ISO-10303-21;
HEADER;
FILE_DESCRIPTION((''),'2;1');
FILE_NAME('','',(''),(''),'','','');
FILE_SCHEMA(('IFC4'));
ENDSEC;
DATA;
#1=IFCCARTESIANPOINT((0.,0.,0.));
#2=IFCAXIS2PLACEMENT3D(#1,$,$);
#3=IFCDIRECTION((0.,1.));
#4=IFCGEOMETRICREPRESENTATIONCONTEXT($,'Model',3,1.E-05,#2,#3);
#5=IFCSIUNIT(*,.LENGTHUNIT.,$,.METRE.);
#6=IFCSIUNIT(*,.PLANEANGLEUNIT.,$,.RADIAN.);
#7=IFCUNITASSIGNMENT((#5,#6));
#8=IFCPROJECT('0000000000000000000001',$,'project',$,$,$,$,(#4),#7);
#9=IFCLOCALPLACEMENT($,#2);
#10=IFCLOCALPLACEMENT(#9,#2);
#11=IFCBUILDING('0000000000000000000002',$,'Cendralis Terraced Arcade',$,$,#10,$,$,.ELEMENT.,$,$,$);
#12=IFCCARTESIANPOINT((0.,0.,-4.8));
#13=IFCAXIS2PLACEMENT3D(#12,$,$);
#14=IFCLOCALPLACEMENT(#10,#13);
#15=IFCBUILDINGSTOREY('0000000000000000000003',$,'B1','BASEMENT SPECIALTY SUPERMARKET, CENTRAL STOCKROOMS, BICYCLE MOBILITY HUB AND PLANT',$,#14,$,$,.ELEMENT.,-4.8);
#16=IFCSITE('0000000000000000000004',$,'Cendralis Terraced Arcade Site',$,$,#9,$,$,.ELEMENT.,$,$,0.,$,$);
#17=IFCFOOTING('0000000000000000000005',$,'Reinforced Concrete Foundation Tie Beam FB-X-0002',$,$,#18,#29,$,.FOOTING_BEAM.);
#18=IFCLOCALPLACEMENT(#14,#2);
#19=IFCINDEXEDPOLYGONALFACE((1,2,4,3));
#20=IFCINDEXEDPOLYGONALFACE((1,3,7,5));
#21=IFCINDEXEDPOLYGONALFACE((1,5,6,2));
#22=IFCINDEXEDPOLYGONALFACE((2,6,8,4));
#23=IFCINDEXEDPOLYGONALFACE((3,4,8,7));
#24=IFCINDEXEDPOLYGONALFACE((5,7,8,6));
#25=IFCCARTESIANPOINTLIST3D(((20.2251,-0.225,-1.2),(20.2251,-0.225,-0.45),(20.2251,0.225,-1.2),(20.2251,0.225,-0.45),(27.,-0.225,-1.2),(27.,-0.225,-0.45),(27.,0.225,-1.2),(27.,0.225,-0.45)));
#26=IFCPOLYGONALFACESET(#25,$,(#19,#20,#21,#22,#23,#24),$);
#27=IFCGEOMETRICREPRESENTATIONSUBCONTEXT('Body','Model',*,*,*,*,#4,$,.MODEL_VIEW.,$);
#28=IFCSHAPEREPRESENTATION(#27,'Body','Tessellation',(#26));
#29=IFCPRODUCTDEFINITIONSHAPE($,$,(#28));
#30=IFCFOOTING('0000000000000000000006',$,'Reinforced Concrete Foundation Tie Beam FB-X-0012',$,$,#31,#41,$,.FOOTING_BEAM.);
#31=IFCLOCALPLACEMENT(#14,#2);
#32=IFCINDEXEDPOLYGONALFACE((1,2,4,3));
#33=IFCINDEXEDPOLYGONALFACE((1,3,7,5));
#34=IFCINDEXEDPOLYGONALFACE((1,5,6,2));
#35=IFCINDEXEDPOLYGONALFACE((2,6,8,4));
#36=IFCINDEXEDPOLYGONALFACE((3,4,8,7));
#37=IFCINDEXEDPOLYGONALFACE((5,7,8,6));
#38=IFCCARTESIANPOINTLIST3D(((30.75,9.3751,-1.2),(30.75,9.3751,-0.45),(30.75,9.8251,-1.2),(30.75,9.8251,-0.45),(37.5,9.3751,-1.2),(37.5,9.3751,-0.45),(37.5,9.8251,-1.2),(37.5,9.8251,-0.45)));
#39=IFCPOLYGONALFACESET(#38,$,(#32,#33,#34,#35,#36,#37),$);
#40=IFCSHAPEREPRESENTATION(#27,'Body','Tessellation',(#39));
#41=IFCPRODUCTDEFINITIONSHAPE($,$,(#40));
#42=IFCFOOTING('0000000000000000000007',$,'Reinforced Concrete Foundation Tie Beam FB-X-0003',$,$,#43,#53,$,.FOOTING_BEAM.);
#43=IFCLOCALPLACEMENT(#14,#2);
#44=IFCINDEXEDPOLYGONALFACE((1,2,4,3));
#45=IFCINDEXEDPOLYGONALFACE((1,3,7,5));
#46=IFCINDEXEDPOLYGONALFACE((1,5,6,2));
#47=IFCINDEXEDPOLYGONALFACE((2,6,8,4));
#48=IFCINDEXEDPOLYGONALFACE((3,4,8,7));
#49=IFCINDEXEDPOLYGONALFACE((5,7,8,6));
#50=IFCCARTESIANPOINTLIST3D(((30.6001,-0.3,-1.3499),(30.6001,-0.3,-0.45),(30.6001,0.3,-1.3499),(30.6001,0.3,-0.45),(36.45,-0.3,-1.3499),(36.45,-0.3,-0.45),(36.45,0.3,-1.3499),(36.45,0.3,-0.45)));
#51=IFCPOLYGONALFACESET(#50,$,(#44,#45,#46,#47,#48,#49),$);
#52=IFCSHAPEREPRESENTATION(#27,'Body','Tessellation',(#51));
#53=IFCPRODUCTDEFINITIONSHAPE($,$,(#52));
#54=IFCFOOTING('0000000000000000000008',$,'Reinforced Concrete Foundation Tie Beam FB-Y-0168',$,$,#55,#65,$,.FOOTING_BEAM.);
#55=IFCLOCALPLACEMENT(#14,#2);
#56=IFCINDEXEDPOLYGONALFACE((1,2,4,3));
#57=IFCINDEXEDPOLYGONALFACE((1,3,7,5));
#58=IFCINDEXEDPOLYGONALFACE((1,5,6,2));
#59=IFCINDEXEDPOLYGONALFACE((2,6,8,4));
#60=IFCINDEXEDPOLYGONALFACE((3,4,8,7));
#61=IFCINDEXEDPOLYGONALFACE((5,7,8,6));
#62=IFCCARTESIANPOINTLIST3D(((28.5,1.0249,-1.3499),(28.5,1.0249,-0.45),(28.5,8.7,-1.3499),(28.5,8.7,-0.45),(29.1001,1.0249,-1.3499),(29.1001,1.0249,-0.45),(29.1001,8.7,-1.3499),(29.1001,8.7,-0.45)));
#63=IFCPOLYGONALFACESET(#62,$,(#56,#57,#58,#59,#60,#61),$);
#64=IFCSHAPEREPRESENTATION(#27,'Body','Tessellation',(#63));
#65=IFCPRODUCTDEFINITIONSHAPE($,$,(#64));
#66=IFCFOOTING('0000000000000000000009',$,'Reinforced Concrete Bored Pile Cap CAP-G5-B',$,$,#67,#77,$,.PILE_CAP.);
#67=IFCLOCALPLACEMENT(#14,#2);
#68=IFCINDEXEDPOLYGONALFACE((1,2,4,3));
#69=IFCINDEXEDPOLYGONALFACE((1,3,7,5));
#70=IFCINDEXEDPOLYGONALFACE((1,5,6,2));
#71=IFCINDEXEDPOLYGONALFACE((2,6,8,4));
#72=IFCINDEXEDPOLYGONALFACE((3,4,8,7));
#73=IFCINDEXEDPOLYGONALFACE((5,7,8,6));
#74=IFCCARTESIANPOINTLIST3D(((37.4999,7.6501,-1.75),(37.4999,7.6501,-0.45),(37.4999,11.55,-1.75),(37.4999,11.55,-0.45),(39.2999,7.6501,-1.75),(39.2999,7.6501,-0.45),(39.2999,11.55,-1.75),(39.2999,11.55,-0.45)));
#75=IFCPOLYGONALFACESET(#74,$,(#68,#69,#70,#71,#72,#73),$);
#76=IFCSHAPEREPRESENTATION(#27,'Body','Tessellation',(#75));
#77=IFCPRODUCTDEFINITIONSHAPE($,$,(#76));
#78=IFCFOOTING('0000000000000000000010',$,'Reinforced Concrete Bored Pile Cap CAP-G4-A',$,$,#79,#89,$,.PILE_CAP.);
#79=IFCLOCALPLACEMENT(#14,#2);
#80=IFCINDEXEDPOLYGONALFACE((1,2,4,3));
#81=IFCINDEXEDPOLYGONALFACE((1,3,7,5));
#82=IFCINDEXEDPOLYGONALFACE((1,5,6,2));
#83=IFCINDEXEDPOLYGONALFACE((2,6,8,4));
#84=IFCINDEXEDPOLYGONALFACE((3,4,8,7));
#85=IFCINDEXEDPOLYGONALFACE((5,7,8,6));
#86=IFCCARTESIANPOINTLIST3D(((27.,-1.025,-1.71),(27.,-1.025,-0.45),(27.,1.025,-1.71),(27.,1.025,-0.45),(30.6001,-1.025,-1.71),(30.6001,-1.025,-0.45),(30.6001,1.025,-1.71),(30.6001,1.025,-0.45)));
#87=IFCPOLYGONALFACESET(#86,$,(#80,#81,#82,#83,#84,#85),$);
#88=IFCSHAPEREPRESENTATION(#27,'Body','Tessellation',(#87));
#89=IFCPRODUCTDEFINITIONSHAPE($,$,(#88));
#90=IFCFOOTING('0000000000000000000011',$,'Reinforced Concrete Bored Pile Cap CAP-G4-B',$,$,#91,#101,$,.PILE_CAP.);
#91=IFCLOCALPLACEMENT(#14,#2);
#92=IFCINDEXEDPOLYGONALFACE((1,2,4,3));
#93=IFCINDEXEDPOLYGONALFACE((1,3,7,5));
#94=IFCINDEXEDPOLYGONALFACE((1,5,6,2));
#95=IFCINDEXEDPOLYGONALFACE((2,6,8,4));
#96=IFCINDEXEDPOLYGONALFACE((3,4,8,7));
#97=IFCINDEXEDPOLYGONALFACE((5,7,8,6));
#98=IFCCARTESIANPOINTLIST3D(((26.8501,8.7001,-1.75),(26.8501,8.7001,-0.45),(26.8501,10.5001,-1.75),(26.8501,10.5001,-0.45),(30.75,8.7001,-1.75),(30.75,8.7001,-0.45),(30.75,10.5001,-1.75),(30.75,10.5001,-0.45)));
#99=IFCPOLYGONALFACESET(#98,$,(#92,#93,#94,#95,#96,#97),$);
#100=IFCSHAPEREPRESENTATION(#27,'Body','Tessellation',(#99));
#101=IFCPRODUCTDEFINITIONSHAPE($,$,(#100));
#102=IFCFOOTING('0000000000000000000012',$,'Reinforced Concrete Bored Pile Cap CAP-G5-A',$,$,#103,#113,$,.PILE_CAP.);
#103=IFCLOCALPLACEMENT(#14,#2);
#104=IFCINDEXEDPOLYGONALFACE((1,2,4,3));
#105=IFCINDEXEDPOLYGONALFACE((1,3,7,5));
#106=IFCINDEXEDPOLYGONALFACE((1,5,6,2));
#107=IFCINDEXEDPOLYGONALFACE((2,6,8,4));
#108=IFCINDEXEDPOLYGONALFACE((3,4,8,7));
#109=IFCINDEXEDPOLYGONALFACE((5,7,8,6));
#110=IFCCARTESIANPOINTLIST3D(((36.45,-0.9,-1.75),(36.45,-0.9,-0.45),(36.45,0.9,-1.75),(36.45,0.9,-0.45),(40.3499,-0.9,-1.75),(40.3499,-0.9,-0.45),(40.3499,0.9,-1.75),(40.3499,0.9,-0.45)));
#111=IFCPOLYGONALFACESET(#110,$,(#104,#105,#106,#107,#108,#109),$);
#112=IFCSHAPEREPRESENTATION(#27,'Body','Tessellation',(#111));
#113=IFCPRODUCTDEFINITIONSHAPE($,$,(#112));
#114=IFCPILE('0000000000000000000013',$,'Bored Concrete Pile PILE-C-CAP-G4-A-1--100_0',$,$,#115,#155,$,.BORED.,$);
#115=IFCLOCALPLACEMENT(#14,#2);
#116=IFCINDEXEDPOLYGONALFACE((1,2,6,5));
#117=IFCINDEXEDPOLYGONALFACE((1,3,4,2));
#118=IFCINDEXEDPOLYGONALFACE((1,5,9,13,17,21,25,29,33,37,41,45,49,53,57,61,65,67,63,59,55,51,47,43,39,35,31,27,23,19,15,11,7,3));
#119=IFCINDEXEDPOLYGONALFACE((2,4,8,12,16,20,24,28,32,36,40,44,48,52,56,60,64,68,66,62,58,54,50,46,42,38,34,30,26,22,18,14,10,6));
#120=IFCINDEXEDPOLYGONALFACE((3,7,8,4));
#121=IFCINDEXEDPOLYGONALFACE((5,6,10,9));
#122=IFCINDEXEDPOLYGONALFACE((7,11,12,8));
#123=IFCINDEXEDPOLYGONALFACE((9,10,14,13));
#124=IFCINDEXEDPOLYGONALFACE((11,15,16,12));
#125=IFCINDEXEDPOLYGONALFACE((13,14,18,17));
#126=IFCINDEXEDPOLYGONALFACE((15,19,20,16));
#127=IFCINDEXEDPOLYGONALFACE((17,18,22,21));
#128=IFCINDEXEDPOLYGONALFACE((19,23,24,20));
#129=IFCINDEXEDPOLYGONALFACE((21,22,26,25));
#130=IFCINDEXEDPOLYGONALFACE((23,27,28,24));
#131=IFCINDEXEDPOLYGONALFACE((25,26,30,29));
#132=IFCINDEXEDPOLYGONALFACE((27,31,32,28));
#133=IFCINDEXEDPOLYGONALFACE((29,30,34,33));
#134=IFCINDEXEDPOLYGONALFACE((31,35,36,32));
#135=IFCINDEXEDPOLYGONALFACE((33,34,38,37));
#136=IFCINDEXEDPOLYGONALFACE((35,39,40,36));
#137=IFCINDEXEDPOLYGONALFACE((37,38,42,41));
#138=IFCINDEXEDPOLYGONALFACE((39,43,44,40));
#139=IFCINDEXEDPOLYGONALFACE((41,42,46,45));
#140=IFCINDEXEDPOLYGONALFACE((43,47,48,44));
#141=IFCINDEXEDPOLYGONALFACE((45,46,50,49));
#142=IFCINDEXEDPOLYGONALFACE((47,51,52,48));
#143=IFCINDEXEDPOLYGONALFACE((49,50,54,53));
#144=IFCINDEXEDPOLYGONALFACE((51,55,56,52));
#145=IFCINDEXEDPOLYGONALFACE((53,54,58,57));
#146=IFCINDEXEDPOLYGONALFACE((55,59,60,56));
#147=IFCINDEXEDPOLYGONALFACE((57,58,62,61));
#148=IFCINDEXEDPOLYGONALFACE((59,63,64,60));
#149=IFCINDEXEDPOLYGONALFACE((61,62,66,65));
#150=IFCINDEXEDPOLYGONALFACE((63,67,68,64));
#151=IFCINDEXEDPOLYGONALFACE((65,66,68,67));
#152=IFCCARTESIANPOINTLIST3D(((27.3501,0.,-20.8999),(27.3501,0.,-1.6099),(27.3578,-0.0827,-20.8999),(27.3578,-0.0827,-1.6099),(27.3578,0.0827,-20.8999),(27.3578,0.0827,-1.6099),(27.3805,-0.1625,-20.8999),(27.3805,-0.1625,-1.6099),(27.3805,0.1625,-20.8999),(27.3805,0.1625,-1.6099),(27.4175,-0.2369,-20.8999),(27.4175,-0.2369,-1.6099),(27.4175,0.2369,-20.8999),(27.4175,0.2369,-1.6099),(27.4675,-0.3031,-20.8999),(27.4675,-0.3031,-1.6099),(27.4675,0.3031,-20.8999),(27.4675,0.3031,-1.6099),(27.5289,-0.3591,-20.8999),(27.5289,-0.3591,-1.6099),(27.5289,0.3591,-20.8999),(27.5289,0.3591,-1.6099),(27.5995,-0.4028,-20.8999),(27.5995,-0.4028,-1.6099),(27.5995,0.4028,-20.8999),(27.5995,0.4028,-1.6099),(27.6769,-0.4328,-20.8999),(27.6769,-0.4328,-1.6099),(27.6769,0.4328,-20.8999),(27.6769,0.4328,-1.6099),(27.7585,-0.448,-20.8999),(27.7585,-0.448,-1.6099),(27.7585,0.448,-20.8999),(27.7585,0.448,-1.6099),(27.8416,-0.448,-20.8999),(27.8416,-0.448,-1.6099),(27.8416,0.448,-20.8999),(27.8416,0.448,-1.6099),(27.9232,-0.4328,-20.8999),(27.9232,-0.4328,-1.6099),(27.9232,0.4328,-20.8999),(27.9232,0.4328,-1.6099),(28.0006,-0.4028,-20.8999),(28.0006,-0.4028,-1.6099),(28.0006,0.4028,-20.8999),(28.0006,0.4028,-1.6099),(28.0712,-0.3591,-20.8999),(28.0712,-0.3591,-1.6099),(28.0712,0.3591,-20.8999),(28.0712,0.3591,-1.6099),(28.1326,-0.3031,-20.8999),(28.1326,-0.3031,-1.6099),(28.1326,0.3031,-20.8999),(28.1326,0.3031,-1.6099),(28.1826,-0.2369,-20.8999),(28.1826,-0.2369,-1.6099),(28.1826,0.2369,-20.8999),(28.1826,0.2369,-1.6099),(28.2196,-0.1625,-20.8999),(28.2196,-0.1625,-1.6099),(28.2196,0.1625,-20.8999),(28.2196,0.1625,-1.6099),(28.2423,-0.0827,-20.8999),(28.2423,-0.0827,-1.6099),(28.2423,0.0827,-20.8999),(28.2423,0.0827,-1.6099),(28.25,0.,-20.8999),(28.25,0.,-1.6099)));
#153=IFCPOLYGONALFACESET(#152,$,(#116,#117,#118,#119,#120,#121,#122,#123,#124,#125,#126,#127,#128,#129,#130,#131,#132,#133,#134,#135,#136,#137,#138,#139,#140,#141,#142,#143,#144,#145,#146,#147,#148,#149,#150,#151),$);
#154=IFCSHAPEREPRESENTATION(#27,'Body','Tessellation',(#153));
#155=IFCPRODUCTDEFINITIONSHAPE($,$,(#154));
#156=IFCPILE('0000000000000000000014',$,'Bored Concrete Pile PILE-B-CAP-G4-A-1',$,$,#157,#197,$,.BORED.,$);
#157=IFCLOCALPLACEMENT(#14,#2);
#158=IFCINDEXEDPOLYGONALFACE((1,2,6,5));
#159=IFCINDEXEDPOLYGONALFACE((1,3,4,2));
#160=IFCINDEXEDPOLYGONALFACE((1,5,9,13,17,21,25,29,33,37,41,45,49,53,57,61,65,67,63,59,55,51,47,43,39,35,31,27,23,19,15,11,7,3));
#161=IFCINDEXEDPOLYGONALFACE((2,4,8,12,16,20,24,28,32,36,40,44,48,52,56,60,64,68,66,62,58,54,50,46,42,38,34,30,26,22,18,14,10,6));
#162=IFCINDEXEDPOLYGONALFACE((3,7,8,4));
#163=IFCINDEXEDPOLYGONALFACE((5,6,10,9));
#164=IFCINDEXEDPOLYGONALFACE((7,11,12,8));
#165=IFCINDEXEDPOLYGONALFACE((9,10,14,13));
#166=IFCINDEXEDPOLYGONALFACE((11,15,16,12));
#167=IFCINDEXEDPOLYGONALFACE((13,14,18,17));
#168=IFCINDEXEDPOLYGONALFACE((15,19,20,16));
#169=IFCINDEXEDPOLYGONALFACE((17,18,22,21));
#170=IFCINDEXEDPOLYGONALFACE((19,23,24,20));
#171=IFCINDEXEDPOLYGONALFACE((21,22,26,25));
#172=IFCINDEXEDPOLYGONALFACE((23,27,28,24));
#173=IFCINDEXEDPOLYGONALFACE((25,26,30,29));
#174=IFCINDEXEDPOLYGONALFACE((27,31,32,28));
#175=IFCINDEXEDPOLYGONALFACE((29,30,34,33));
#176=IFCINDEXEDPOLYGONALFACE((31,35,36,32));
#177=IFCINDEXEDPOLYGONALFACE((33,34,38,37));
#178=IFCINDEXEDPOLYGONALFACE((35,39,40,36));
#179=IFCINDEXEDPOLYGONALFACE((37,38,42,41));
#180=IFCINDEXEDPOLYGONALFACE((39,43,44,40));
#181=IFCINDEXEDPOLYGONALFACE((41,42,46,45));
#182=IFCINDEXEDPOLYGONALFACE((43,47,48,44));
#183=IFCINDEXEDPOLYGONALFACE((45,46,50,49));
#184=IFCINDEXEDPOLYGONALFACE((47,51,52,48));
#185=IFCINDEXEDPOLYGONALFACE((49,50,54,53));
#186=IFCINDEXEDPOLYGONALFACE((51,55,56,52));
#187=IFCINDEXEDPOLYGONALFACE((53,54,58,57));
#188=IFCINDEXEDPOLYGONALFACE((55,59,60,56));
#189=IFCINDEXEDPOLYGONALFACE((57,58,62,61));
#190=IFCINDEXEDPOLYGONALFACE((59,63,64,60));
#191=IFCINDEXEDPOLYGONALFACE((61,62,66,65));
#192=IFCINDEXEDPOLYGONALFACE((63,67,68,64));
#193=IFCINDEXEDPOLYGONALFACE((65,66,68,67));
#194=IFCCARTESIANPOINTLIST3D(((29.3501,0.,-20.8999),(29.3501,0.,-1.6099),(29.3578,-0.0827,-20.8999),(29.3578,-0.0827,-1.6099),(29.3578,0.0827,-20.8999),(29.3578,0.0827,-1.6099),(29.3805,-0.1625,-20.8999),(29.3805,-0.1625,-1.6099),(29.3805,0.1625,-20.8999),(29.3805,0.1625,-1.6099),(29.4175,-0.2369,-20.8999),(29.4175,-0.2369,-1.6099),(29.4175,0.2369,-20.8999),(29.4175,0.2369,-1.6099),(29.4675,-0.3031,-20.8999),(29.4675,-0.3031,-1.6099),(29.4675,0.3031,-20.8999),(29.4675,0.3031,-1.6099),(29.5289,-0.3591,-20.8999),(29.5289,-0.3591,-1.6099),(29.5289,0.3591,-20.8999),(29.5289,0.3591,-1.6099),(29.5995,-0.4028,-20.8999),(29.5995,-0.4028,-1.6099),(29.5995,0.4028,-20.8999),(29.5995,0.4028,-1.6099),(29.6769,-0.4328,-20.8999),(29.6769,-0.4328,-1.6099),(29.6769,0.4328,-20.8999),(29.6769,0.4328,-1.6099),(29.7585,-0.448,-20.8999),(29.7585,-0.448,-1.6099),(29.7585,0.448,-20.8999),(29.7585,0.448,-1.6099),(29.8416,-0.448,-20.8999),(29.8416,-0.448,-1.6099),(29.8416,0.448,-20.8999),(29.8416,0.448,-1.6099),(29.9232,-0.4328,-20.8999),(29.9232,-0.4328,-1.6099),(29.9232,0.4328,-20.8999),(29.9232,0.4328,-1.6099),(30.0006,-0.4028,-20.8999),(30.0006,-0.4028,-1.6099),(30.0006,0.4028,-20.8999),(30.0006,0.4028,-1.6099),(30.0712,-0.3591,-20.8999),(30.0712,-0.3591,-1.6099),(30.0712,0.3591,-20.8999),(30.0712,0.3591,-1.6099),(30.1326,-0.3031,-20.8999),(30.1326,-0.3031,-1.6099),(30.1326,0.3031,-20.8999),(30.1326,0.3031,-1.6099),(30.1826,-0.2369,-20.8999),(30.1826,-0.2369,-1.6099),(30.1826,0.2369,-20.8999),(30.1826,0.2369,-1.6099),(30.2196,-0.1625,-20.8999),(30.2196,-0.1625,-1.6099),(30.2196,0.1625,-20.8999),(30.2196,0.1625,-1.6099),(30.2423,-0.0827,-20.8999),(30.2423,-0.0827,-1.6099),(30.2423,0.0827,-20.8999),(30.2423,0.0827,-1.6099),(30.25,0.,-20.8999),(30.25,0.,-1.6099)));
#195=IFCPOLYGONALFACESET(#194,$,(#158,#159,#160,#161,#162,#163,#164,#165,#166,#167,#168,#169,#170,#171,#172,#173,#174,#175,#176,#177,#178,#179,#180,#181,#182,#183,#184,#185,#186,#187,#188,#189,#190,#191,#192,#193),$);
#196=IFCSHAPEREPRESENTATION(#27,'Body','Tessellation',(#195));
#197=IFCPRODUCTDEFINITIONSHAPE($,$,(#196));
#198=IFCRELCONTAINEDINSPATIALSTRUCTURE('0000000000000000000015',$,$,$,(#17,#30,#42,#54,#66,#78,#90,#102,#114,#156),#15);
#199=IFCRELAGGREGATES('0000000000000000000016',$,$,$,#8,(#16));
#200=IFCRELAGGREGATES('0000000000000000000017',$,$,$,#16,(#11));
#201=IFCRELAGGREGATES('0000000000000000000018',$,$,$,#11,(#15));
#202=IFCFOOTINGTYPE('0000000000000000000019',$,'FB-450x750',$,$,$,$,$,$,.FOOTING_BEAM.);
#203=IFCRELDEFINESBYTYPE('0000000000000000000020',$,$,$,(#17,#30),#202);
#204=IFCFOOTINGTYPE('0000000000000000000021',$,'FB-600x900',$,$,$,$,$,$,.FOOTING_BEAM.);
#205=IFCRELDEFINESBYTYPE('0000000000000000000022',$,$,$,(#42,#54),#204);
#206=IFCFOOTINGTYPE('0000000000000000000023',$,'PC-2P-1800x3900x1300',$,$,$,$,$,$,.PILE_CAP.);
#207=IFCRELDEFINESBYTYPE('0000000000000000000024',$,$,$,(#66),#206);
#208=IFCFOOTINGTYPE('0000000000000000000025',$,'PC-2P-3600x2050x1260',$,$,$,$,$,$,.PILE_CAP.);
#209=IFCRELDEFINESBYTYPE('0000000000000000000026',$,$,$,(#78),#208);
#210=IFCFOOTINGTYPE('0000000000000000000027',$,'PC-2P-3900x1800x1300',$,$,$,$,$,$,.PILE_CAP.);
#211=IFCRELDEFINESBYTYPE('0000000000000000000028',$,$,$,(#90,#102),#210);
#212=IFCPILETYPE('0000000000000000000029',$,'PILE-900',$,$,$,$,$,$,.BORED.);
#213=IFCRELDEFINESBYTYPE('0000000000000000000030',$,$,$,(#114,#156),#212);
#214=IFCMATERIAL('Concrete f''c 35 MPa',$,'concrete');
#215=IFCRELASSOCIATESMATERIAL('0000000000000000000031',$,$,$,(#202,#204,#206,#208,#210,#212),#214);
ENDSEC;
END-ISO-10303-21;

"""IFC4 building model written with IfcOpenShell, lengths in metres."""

from ifc_helpers import new_model, si_unit, direction, frame, origin, origin_2d, place, context, subcontext, project, spatial, rectangle, circle, extrude, material, material_profile, profile_set, type_object, element, save


model = new_model("IFC4")

# Units and contexts
model_context = context("Model", 3, precision=1e-05, world=origin(), true_north=direction((0.0, 1.0)))
body_context = subcontext(model_context, "Body", "Model", "MODEL_VIEW")
ifc_project = project(units=[si_unit("LENGTHUNIT", "METRE"), si_unit("PLANEANGLEUNIT", "RADIAN")], contexts=[model_context])

# Site, building, storey
site_placement = place(None, origin())
site = spatial("IfcSite", under=ifc_project, at=site_placement, Name="Cendralis Terraced Arcade Site", CompositionType="ELEMENT", RefElevation=0.0)
building_placement = place(site_placement, origin())
building = spatial("IfcBuilding", under=site, at=building_placement, Name="Cendralis Terraced Arcade", CompositionType="ELEMENT")
storey_placement = place(building_placement, frame((0.0, 0.0, -4.8)))
storey = spatial("IfcBuildingStorey", under=building, at=storey_placement, Name="B1", Description="BASEMENT SPECIALTY SUPERMARKET, CENTRAL STOCKROOMS, BICYCLE MOBILITY HUB AND PLANT", CompositionType="ELEMENT", Elevation=-4.8)

# Footings
ifc_material_1 = material(Name="Concrete f'c 35 MPa", Category="concrete")
ifc_material_profile_1 = material_profile(ifc_material_1, rectangle(XDim=0.45, YDim=0.75, at=origin_2d()), Name="FB-450x750", Category="LoadBearing")
ifc_profile_set_1 = profile_set([ifc_material_profile_1], Name="Concrete f'c 35 MPa")
footing_type_1 = type_object("IfcFootingType", Name="FB-450x750", PredefinedType="FOOTING_BEAM", material=ifc_profile_set_1)
footing_1_placement = place(storey_placement, frame((20.2251, 0.0, -0.825), z_axis=(1.0, 0.0, 0.0), x_axis=(0.0, 1.0, 0.0)))
element("IfcFooting", 1, at=footing_1_placement, inside=storey, type_object=footing_type_1, Name="Reinforced Concrete Foundation Tie Beam FB-X-0002", PredefinedType="FOOTING_BEAM", context=body_context, shape_type="SweptSolid", body=[
    extrude(rectangle(XDim=0.45, YDim=0.75, at=origin_2d()), origin(), (0.0, 0.0, 1.0), 6.7749),
])
footing_2_placement = place(storey_placement, frame((30.75, 9.6001, -0.825), z_axis=(1.0, 0.0, 0.0), x_axis=(0.0, 1.0, 0.0)))
element("IfcFooting", 2, at=footing_2_placement, inside=storey, type_object=footing_type_1, Name="Reinforced Concrete Foundation Tie Beam FB-X-0012", PredefinedType="FOOTING_BEAM", context=body_context, shape_type="SweptSolid", body=[
    extrude(rectangle(XDim=0.45, YDim=0.75, at=origin_2d()), origin(), (0.0, 0.0, 1.0), 6.75),
])
ifc_material_profile_2 = material_profile(ifc_material_1, rectangle(XDim=0.6001, YDim=0.8999, at=origin_2d()), Name="FB-600x900", Category="LoadBearing")
ifc_profile_set_2 = profile_set([ifc_material_profile_2], Name="Concrete f'c 35 MPa")
footing_type_2 = type_object("IfcFootingType", Name="FB-600x900", PredefinedType="FOOTING_BEAM", material=ifc_profile_set_2)
footing_3_placement = place(storey_placement, frame((30.6001, 0.0, -0.8999), z_axis=(1.0, 0.0, 0.0), x_axis=(0.0, 1.0, 0.0)))
element("IfcFooting", 3, at=footing_3_placement, inside=storey, type_object=footing_type_2, Name="Reinforced Concrete Foundation Tie Beam FB-X-0003", PredefinedType="FOOTING_BEAM", context=body_context, shape_type="SweptSolid", body=[
    extrude(rectangle(XDim=0.6001, YDim=0.8999, at=origin_2d()), origin(), (0.0, 0.0, 1.0), 5.8499),
])
footing_4_placement = place(storey_placement, frame((28.8, 1.0249, -0.8999), z_axis=(0.0, 1.0, 0.0), x_axis=(-1.0, 0.0, 0.0)))
element("IfcFooting", 4, at=footing_4_placement, inside=storey, type_object=footing_type_2, Name="Reinforced Concrete Foundation Tie Beam FB-Y-0168", PredefinedType="FOOTING_BEAM", context=body_context, shape_type="SweptSolid", body=[
    extrude(rectangle(XDim=0.6001, YDim=0.8999, at=origin_2d()), origin(), (0.0, 0.0, 1.0), 7.675),
])
footing_type_3 = type_object("IfcFootingType", Name="PC-2P-1800x3900x1300", PredefinedType="PILE_CAP", material=ifc_material_1)
footing_5_placement = place(storey_placement, frame((38.3999, 9.6001, -1.75), z_axis=(0.0, 0.0, 1.0), x_axis=(1.0, 0.0, 0.0)))
element("IfcFooting", 5, at=footing_5_placement, inside=storey, type_object=footing_type_3, Name="Reinforced Concrete Bored Pile Cap CAP-G5-B", PredefinedType="PILE_CAP", context=body_context, shape_type="SweptSolid", body=[
    extrude(rectangle(XDim=1.8, YDim=3.8999, at=origin_2d()), origin(), (0.0, 0.0, 1.0), 1.3),
])
footing_type_4 = type_object("IfcFootingType", Name="PC-2P-3600x2050x1260", PredefinedType="PILE_CAP", material=ifc_material_1)
footing_6_placement = place(storey_placement, frame((28.8, 0.0, -1.71), z_axis=(0.0, 0.0, 1.0), x_axis=(1.0, 0.0, 0.0)))
element("IfcFooting", 6, at=footing_6_placement, inside=storey, type_object=footing_type_4, Name="Reinforced Concrete Bored Pile Cap CAP-G4-A", PredefinedType="PILE_CAP", context=body_context, shape_type="SweptSolid", body=[
    extrude(rectangle(XDim=3.6001, YDim=2.05, at=origin_2d()), origin(), (0.0, 0.0, 1.0), 1.26),
])
footing_type_5 = type_object("IfcFootingType", Name="PC-2P-3900x1800x1300", PredefinedType="PILE_CAP", material=ifc_material_1)
for number, where, z_axis, x_axis, name in (
    (7, (28.8, 9.6001, -1.75), (0.0, 0.0, 1.0), (1.0, 0.0, 0.0), "Reinforced Concrete Bored Pile Cap CAP-G4-B"),
    (8, (38.3999, 0.0, -1.75), (0.0, 0.0, 1.0), (1.0, 0.0, 0.0), "Reinforced Concrete Bored Pile Cap CAP-G5-A"),
):
    element("IfcFooting", number, at=place(storey_placement, frame(where, z_axis=z_axis, x_axis=x_axis)), inside=storey, type_object=footing_type_5, Name=name, PredefinedType="PILE_CAP", context=body_context, shape_type="SweptSolid", body=[
        extrude(rectangle(XDim=3.8999, YDim=1.8, at=origin_2d()), origin(), (0.0, 0.0, 1.0), 1.3),
    ])

# Piles
ifc_material_profile_3 = material_profile(ifc_material_1, circle(Radius=0.45, at=origin_2d()), Name="PILE-D900", Category="LoadBearing")
ifc_profile_set_3 = profile_set([ifc_material_profile_3], Name="Concrete f'c 35 MPa")
pile_type = type_object("IfcPileType", Name="PILE-900", PredefinedType="BORED", material=ifc_profile_set_3)
for number, where, z_axis, x_axis, name in (
    (9, (27.8, 0.0, -1.6099), (0.0, 0.0, -1.0), (1.0, 0.0, 0.0), "Bored Concrete Pile PILE-C-CAP-G4-A-1--100_0"),
    (10, (29.8, 0.0, -1.6099), (0.0, 0.0, -1.0), (1.0, 0.0, 0.0), "Bored Concrete Pile PILE-B-CAP-G4-A-1"),
):
    element("IfcPile", number, at=place(storey_placement, frame(where, z_axis=z_axis, x_axis=x_axis)), inside=storey, type_object=pile_type, Name=name, PredefinedType="BORED", context=body_context, shape_type="SweptSolid", body=[
        extrude(circle(Radius=0.45, at=origin_2d()), origin(), (0.0, 0.0, 1.0), 19.29),
    ])

save(model, "model.ifc")
